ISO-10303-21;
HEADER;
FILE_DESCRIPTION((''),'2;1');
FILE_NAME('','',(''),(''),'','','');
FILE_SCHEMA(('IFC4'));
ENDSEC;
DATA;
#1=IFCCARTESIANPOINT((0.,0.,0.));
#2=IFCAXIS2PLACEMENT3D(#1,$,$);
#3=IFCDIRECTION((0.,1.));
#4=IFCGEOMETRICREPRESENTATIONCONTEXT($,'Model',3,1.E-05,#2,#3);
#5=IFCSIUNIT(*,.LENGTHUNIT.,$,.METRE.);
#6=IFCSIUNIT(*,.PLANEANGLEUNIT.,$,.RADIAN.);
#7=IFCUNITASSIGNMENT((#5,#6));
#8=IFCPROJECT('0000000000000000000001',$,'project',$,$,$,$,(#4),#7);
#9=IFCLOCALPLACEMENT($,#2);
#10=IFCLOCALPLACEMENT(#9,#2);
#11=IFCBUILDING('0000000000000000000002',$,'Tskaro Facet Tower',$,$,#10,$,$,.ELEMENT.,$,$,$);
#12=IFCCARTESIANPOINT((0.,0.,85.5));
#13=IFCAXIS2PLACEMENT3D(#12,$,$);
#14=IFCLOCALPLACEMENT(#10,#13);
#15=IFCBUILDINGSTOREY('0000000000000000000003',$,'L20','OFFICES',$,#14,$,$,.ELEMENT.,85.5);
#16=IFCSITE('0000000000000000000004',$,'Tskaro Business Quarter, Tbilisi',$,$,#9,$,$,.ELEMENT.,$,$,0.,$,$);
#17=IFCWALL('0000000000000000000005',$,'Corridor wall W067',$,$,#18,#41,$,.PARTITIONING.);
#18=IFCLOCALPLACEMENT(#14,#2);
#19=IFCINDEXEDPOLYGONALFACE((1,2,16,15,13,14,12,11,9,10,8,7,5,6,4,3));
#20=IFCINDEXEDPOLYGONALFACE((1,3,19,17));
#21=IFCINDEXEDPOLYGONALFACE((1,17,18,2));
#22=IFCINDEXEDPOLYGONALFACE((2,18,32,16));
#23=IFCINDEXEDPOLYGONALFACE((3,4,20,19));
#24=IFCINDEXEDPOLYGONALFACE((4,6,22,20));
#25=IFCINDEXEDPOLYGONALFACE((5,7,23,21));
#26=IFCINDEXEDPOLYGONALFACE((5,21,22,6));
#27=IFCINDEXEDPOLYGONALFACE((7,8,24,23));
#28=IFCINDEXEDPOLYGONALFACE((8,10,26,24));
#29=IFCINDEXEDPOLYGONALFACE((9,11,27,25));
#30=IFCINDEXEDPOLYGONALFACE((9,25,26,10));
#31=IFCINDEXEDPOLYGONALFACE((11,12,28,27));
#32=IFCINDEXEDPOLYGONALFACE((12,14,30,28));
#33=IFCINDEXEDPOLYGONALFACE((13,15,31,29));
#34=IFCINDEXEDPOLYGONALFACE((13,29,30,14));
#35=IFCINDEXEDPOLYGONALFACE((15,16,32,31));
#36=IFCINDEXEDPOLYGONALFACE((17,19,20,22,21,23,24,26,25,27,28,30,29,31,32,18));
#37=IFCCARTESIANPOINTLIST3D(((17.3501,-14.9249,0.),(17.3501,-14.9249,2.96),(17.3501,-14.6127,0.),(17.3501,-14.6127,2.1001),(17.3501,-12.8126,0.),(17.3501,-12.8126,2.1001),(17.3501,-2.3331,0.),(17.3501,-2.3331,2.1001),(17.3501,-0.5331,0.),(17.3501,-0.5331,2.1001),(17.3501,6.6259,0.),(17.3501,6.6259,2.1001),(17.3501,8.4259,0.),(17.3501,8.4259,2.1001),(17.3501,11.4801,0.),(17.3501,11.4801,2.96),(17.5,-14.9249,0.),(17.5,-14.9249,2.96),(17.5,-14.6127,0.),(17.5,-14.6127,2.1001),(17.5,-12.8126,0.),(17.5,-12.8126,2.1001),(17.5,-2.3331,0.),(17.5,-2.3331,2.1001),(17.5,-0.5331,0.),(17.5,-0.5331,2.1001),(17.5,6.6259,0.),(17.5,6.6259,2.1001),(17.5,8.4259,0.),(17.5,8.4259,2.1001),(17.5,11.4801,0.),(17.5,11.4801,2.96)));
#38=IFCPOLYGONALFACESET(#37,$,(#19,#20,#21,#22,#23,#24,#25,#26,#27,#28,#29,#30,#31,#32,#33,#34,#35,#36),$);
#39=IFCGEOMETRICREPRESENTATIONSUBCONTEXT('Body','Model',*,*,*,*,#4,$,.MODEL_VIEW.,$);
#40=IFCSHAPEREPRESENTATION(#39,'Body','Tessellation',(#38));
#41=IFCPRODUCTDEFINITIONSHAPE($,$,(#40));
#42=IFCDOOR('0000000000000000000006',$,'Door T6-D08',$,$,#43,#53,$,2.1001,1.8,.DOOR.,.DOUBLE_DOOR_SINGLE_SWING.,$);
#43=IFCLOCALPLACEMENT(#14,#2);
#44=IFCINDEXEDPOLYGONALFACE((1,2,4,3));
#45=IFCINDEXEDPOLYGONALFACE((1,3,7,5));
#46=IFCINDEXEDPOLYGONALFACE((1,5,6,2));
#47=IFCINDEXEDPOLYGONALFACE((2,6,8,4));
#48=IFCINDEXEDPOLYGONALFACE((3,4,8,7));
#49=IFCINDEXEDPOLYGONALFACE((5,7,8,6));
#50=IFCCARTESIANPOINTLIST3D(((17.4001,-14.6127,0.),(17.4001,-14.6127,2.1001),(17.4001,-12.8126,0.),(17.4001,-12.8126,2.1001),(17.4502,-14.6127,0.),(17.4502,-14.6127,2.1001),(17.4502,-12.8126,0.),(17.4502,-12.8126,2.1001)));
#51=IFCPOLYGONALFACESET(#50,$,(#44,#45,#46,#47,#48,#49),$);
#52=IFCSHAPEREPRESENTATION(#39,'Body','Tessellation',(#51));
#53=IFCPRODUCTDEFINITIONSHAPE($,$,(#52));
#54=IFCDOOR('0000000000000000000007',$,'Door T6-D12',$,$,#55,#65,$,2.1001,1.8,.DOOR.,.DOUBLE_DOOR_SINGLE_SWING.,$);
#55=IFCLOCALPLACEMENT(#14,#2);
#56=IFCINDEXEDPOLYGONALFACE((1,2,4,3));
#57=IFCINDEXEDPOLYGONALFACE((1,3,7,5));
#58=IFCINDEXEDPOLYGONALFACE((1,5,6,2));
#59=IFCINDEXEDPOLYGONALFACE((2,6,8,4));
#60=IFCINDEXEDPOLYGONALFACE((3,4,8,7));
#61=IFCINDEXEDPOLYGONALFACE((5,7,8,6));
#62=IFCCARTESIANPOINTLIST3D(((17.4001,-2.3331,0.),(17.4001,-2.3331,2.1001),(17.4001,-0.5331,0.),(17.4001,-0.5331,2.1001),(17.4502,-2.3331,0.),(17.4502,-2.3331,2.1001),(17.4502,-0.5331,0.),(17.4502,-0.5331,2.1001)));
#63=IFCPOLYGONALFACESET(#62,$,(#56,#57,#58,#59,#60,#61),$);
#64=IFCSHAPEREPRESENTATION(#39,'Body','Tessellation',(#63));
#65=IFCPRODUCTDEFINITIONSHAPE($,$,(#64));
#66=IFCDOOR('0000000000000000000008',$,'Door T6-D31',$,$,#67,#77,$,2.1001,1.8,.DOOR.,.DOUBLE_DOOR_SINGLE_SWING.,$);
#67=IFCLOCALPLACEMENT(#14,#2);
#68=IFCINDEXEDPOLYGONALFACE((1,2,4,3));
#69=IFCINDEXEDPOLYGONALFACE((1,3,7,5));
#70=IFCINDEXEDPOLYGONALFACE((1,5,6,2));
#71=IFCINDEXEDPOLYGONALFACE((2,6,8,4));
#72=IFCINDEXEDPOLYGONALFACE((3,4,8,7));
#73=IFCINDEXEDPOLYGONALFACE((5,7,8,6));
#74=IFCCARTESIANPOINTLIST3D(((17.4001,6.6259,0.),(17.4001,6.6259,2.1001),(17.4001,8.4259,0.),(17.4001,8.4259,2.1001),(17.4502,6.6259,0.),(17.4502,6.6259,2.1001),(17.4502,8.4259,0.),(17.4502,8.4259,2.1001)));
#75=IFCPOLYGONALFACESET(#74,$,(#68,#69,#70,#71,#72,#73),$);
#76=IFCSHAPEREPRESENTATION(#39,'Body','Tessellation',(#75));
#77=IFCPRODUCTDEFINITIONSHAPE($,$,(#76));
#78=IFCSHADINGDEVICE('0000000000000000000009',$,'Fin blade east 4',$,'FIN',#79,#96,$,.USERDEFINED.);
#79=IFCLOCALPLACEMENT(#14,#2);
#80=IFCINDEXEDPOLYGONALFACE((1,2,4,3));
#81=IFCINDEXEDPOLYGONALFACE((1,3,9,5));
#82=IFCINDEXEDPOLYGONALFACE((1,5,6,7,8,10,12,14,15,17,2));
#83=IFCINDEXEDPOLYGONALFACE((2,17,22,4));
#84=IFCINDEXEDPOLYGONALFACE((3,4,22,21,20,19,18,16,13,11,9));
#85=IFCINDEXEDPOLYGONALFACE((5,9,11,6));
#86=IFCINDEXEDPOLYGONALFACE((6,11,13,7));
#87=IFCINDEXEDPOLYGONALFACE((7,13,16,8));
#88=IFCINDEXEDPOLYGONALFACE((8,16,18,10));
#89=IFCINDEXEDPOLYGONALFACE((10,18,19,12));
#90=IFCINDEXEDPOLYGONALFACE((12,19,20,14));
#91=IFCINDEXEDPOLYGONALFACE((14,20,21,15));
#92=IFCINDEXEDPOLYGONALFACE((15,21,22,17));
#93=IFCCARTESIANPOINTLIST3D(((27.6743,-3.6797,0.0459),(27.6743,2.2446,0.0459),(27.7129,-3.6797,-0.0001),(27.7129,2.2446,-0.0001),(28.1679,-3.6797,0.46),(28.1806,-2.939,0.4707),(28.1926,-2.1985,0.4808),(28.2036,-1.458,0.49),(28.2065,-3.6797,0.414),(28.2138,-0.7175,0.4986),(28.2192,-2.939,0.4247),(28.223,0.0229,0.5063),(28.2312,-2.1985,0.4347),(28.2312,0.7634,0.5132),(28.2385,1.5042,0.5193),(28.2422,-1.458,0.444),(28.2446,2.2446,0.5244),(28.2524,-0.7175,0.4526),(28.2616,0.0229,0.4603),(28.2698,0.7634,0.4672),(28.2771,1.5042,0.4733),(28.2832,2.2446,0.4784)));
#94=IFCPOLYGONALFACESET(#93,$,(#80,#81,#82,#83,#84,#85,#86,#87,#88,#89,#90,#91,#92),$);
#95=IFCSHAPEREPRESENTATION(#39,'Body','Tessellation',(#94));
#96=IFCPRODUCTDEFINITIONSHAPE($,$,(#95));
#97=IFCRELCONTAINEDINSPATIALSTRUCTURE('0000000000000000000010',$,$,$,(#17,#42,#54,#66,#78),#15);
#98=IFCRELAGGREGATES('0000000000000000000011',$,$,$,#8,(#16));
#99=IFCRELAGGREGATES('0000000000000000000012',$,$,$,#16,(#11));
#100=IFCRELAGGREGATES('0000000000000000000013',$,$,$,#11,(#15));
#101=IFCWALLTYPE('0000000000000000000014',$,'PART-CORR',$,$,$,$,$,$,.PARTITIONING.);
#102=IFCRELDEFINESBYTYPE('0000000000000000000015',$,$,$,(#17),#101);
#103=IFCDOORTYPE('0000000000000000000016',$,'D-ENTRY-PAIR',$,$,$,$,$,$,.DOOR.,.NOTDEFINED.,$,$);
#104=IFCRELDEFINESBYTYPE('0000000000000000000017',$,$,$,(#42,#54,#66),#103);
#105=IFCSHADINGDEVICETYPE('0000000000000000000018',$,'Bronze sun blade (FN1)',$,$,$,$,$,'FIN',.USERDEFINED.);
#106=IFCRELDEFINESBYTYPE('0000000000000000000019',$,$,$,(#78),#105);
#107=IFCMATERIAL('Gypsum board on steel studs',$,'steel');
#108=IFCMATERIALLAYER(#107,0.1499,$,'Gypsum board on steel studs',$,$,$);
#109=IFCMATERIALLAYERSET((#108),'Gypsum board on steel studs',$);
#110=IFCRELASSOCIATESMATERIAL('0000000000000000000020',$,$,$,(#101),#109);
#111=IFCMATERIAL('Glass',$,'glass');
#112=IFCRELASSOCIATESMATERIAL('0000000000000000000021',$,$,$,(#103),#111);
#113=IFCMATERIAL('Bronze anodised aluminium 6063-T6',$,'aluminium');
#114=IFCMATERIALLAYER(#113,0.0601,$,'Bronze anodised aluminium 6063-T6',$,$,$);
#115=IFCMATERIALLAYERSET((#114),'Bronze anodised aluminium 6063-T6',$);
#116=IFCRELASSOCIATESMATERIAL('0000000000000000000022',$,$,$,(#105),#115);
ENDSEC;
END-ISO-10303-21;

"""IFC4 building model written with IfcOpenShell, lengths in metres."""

from ifc_helpers import new_model, si_unit, direction, frame, frame_2d, origin, place, context, subcontext, project, spatial, polyline, rectangle, outline, extrude, material, layer, layer_set, type_object, element, fill, save


model = new_model("IFC4")

# Units and contexts
model_context = context("Model", 3, precision=1e-05, world=origin(), true_north=direction((0.0, 1.0)))
body_context = subcontext(model_context, "Body", "Model", "MODEL_VIEW")
ifc_project = project(units=[si_unit("LENGTHUNIT", "METRE"), si_unit("PLANEANGLEUNIT", "RADIAN")], contexts=[model_context])

# Site, building, storey
site_placement = place(None, origin())
site = spatial("IfcSite", under=ifc_project, at=site_placement, Name="Tskaro Business Quarter, Tbilisi", CompositionType="ELEMENT", RefElevation=0.0)
building_placement = place(site_placement, origin())
building = spatial("IfcBuilding", under=site, at=building_placement, Name="Tskaro Facet Tower", CompositionType="ELEMENT")
storey_placement = place(building_placement, frame((0.0, 0.0, 85.5)))
storey = spatial("IfcBuildingStorey", under=building, at=storey_placement, Name="L20", Description="OFFICES", CompositionType="ELEMENT", Elevation=85.5)

# Shared definitions
ifc_material_1 = material(Name="Bronze anodised aluminium 6063-T6", Category="aluminium")

# Shared definitions
ifc_material_2 = material(Name="Gypsum board on steel studs", Category="steel")
ifc_layer_1 = layer(ifc_material_2, 0.1499, Name="Gypsum board on steel studs")
ifc_layer_set_1 = layer_set([ifc_layer_1], Name="Gypsum board on steel studs")
wall_type = type_object("IfcWallType", Name="PART-CORR", PredefinedType="PARTITIONING", material=ifc_layer_set_1)

# Wall, openings, doors
wall_1_placement = place(storey_placement, frame((17.425, -14.925, 0.0), z_axis=(0.0, 0.0, 1.0), x_axis=(0.0, 1.0, 0.0)))
wall_1 = element("IfcWall", 1, at=wall_1_placement, inside=storey, type_object=wall_type, Name="Corridor wall W067", PredefinedType="PARTITIONING", context=body_context, shape_type="SweptSolid", body=[
    extrude(rectangle(XDim=26.405, YDim=0.1499, at=frame_2d((13.2026, 0.0))), origin(), (0.0, 0.0, 1.0), 2.96),
])
opening_1_placement = place(wall_1_placement, frame((0.3125, 0.0, 0.0)))
opening_1 = element("IfcOpeningElement", 2, at=opening_1_placement, cuts=wall_1, PredefinedType="OPENING", context=body_context, shape_type="SweptSolid", body=[
    extrude(rectangle(XDim=1.8, YDim=2.1001, at=frame_2d((0.8999, 1.05))), frame((0.0, 0.085, 0.0), z_axis=(0.0, -1.0, 0.0), x_axis=(1.0, 0.0, 0.0)), (0.0, 0.0, 1.0), 0.1699),
])
opening_2_placement = place(wall_1_placement, frame((12.592, 0.0, 0.0)))
opening_2 = element("IfcOpeningElement", 3, at=opening_2_placement, cuts=wall_1, PredefinedType="OPENING", context=body_context, shape_type="SweptSolid", body=[
    extrude(rectangle(XDim=1.8, YDim=2.1001, at=frame_2d((0.8999, 1.05))), frame((0.0, 0.085, 0.0), z_axis=(0.0, -1.0, 0.0), x_axis=(1.0, 0.0, 0.0)), (0.0, 0.0, 1.0), 0.1699),
])
opening_3_placement = place(wall_1_placement, frame((21.551, 0.0, 0.0)))
opening_3 = element("IfcOpeningElement", 4, at=opening_3_placement, cuts=wall_1, PredefinedType="OPENING", context=body_context, shape_type="SweptSolid", body=[
    extrude(rectangle(XDim=1.8, YDim=2.1001, at=frame_2d((0.8999, 1.05))), frame((0.0, 0.085, 0.0), z_axis=(0.0, -1.0, 0.0), x_axis=(1.0, 0.0, 0.0)), (0.0, 0.0, 1.0), 0.1699),
])
ifc_material_3 = material(Name="Glass", Category="glass")
door_type = type_object("IfcDoorType", Name="D-ENTRY-PAIR", OperationType="NOTDEFINED", PredefinedType="DOOR", material=ifc_material_3)
door_1_placement = place(opening_1_placement, origin())
door_1 = element("IfcDoor", 5, at=door_1_placement, inside=storey, type_object=door_type, Name="Door T6-D08", OperationType="DOUBLE_DOOR_SINGLE_SWING", OverallHeight=2.1001, OverallWidth=1.8, PredefinedType="DOOR", context=body_context, shape_type="SweptSolid", body=[
    extrude(rectangle(XDim=1.8, YDim=2.1001, at=frame_2d((0.8999, 1.05))), frame((0.0, 0.0249, 0.0), z_axis=(0.0, -1.0, 0.0), x_axis=(1.0, 0.0, 0.0)), (0.0, 0.0, 1.0), 0.05),
])
fill(opening_1, door_1)
door_2_placement = place(opening_2_placement, origin())
door_2 = element("IfcDoor", 6, at=door_2_placement, inside=storey, type_object=door_type, Name="Door T6-D12", OperationType="DOUBLE_DOOR_SINGLE_SWING", OverallHeight=2.1001, OverallWidth=1.8, PredefinedType="DOOR", context=body_context, shape_type="SweptSolid", body=[
    extrude(rectangle(XDim=1.8, YDim=2.1001, at=frame_2d((0.8999, 1.05))), frame((0.0, 0.0249, 0.0), z_axis=(0.0, -1.0, 0.0), x_axis=(1.0, 0.0, 0.0)), (0.0, 0.0, 1.0), 0.05),
])
fill(opening_2, door_2)
door_3_placement = place(opening_3_placement, origin())
door_3 = element("IfcDoor", 7, at=door_3_placement, inside=storey, type_object=door_type, Name="Door T6-D31", OperationType="DOUBLE_DOOR_SINGLE_SWING", OverallHeight=2.1001, OverallWidth=1.8, PredefinedType="DOOR", context=body_context, shape_type="SweptSolid", body=[
    extrude(rectangle(XDim=1.8, YDim=2.1001, at=frame_2d((0.8999, 1.05))), frame((0.0, 0.0249, 0.0), z_axis=(0.0, -1.0, 0.0), x_axis=(1.0, 0.0, 0.0)), (0.0, 0.0, 1.0), 0.05),
])
fill(opening_3, door_3)

# Shading device
ifc_layer_2 = layer(ifc_material_1, 0.0601, Name="Bronze anodised aluminium 6063-T6")
ifc_layer_set_2 = layer_set([ifc_layer_2], Name="Bronze anodised aluminium 6063-T6")
shading_device_type = type_object("IfcShadingDeviceType", Name="Bronze sun blade (FN1)", ElementType="FIN", PredefinedType="USERDEFINED", material=ifc_layer_set_2)
shading_device_1_placement = place(storey_placement, frame((27.6743, -3.6797, 0.0459), z_axis=(-0.642755, -0.000008, 0.766072), x_axis=(-0.000005, 1.0, 0.000006)))
element("IfcShadingDevice", 8, at=shading_device_1_placement, inside=storey, type_object=shading_device_type, Name="Fin blade east 4", ObjectType="FIN", PredefinedType="USERDEFINED", context=body_context, shape_type="SweptSolid", body=[
    extrude(outline(polyline([(0.0, 0.0), (5.9243, 0.0), (5.9243, -0.7445), (5.1838, -0.7365), (4.4431, -0.727), (3.7026, -0.7162), (2.9622, -0.7043), (2.2217, -0.6909), (1.4812, -0.6765), (0.7407, -0.6609), (0.0, -0.6443), (0.0, 0.0)])), origin(), (0.0, 0.0, -1.0), 0.0601),
])

save(model, "model.ifc")
